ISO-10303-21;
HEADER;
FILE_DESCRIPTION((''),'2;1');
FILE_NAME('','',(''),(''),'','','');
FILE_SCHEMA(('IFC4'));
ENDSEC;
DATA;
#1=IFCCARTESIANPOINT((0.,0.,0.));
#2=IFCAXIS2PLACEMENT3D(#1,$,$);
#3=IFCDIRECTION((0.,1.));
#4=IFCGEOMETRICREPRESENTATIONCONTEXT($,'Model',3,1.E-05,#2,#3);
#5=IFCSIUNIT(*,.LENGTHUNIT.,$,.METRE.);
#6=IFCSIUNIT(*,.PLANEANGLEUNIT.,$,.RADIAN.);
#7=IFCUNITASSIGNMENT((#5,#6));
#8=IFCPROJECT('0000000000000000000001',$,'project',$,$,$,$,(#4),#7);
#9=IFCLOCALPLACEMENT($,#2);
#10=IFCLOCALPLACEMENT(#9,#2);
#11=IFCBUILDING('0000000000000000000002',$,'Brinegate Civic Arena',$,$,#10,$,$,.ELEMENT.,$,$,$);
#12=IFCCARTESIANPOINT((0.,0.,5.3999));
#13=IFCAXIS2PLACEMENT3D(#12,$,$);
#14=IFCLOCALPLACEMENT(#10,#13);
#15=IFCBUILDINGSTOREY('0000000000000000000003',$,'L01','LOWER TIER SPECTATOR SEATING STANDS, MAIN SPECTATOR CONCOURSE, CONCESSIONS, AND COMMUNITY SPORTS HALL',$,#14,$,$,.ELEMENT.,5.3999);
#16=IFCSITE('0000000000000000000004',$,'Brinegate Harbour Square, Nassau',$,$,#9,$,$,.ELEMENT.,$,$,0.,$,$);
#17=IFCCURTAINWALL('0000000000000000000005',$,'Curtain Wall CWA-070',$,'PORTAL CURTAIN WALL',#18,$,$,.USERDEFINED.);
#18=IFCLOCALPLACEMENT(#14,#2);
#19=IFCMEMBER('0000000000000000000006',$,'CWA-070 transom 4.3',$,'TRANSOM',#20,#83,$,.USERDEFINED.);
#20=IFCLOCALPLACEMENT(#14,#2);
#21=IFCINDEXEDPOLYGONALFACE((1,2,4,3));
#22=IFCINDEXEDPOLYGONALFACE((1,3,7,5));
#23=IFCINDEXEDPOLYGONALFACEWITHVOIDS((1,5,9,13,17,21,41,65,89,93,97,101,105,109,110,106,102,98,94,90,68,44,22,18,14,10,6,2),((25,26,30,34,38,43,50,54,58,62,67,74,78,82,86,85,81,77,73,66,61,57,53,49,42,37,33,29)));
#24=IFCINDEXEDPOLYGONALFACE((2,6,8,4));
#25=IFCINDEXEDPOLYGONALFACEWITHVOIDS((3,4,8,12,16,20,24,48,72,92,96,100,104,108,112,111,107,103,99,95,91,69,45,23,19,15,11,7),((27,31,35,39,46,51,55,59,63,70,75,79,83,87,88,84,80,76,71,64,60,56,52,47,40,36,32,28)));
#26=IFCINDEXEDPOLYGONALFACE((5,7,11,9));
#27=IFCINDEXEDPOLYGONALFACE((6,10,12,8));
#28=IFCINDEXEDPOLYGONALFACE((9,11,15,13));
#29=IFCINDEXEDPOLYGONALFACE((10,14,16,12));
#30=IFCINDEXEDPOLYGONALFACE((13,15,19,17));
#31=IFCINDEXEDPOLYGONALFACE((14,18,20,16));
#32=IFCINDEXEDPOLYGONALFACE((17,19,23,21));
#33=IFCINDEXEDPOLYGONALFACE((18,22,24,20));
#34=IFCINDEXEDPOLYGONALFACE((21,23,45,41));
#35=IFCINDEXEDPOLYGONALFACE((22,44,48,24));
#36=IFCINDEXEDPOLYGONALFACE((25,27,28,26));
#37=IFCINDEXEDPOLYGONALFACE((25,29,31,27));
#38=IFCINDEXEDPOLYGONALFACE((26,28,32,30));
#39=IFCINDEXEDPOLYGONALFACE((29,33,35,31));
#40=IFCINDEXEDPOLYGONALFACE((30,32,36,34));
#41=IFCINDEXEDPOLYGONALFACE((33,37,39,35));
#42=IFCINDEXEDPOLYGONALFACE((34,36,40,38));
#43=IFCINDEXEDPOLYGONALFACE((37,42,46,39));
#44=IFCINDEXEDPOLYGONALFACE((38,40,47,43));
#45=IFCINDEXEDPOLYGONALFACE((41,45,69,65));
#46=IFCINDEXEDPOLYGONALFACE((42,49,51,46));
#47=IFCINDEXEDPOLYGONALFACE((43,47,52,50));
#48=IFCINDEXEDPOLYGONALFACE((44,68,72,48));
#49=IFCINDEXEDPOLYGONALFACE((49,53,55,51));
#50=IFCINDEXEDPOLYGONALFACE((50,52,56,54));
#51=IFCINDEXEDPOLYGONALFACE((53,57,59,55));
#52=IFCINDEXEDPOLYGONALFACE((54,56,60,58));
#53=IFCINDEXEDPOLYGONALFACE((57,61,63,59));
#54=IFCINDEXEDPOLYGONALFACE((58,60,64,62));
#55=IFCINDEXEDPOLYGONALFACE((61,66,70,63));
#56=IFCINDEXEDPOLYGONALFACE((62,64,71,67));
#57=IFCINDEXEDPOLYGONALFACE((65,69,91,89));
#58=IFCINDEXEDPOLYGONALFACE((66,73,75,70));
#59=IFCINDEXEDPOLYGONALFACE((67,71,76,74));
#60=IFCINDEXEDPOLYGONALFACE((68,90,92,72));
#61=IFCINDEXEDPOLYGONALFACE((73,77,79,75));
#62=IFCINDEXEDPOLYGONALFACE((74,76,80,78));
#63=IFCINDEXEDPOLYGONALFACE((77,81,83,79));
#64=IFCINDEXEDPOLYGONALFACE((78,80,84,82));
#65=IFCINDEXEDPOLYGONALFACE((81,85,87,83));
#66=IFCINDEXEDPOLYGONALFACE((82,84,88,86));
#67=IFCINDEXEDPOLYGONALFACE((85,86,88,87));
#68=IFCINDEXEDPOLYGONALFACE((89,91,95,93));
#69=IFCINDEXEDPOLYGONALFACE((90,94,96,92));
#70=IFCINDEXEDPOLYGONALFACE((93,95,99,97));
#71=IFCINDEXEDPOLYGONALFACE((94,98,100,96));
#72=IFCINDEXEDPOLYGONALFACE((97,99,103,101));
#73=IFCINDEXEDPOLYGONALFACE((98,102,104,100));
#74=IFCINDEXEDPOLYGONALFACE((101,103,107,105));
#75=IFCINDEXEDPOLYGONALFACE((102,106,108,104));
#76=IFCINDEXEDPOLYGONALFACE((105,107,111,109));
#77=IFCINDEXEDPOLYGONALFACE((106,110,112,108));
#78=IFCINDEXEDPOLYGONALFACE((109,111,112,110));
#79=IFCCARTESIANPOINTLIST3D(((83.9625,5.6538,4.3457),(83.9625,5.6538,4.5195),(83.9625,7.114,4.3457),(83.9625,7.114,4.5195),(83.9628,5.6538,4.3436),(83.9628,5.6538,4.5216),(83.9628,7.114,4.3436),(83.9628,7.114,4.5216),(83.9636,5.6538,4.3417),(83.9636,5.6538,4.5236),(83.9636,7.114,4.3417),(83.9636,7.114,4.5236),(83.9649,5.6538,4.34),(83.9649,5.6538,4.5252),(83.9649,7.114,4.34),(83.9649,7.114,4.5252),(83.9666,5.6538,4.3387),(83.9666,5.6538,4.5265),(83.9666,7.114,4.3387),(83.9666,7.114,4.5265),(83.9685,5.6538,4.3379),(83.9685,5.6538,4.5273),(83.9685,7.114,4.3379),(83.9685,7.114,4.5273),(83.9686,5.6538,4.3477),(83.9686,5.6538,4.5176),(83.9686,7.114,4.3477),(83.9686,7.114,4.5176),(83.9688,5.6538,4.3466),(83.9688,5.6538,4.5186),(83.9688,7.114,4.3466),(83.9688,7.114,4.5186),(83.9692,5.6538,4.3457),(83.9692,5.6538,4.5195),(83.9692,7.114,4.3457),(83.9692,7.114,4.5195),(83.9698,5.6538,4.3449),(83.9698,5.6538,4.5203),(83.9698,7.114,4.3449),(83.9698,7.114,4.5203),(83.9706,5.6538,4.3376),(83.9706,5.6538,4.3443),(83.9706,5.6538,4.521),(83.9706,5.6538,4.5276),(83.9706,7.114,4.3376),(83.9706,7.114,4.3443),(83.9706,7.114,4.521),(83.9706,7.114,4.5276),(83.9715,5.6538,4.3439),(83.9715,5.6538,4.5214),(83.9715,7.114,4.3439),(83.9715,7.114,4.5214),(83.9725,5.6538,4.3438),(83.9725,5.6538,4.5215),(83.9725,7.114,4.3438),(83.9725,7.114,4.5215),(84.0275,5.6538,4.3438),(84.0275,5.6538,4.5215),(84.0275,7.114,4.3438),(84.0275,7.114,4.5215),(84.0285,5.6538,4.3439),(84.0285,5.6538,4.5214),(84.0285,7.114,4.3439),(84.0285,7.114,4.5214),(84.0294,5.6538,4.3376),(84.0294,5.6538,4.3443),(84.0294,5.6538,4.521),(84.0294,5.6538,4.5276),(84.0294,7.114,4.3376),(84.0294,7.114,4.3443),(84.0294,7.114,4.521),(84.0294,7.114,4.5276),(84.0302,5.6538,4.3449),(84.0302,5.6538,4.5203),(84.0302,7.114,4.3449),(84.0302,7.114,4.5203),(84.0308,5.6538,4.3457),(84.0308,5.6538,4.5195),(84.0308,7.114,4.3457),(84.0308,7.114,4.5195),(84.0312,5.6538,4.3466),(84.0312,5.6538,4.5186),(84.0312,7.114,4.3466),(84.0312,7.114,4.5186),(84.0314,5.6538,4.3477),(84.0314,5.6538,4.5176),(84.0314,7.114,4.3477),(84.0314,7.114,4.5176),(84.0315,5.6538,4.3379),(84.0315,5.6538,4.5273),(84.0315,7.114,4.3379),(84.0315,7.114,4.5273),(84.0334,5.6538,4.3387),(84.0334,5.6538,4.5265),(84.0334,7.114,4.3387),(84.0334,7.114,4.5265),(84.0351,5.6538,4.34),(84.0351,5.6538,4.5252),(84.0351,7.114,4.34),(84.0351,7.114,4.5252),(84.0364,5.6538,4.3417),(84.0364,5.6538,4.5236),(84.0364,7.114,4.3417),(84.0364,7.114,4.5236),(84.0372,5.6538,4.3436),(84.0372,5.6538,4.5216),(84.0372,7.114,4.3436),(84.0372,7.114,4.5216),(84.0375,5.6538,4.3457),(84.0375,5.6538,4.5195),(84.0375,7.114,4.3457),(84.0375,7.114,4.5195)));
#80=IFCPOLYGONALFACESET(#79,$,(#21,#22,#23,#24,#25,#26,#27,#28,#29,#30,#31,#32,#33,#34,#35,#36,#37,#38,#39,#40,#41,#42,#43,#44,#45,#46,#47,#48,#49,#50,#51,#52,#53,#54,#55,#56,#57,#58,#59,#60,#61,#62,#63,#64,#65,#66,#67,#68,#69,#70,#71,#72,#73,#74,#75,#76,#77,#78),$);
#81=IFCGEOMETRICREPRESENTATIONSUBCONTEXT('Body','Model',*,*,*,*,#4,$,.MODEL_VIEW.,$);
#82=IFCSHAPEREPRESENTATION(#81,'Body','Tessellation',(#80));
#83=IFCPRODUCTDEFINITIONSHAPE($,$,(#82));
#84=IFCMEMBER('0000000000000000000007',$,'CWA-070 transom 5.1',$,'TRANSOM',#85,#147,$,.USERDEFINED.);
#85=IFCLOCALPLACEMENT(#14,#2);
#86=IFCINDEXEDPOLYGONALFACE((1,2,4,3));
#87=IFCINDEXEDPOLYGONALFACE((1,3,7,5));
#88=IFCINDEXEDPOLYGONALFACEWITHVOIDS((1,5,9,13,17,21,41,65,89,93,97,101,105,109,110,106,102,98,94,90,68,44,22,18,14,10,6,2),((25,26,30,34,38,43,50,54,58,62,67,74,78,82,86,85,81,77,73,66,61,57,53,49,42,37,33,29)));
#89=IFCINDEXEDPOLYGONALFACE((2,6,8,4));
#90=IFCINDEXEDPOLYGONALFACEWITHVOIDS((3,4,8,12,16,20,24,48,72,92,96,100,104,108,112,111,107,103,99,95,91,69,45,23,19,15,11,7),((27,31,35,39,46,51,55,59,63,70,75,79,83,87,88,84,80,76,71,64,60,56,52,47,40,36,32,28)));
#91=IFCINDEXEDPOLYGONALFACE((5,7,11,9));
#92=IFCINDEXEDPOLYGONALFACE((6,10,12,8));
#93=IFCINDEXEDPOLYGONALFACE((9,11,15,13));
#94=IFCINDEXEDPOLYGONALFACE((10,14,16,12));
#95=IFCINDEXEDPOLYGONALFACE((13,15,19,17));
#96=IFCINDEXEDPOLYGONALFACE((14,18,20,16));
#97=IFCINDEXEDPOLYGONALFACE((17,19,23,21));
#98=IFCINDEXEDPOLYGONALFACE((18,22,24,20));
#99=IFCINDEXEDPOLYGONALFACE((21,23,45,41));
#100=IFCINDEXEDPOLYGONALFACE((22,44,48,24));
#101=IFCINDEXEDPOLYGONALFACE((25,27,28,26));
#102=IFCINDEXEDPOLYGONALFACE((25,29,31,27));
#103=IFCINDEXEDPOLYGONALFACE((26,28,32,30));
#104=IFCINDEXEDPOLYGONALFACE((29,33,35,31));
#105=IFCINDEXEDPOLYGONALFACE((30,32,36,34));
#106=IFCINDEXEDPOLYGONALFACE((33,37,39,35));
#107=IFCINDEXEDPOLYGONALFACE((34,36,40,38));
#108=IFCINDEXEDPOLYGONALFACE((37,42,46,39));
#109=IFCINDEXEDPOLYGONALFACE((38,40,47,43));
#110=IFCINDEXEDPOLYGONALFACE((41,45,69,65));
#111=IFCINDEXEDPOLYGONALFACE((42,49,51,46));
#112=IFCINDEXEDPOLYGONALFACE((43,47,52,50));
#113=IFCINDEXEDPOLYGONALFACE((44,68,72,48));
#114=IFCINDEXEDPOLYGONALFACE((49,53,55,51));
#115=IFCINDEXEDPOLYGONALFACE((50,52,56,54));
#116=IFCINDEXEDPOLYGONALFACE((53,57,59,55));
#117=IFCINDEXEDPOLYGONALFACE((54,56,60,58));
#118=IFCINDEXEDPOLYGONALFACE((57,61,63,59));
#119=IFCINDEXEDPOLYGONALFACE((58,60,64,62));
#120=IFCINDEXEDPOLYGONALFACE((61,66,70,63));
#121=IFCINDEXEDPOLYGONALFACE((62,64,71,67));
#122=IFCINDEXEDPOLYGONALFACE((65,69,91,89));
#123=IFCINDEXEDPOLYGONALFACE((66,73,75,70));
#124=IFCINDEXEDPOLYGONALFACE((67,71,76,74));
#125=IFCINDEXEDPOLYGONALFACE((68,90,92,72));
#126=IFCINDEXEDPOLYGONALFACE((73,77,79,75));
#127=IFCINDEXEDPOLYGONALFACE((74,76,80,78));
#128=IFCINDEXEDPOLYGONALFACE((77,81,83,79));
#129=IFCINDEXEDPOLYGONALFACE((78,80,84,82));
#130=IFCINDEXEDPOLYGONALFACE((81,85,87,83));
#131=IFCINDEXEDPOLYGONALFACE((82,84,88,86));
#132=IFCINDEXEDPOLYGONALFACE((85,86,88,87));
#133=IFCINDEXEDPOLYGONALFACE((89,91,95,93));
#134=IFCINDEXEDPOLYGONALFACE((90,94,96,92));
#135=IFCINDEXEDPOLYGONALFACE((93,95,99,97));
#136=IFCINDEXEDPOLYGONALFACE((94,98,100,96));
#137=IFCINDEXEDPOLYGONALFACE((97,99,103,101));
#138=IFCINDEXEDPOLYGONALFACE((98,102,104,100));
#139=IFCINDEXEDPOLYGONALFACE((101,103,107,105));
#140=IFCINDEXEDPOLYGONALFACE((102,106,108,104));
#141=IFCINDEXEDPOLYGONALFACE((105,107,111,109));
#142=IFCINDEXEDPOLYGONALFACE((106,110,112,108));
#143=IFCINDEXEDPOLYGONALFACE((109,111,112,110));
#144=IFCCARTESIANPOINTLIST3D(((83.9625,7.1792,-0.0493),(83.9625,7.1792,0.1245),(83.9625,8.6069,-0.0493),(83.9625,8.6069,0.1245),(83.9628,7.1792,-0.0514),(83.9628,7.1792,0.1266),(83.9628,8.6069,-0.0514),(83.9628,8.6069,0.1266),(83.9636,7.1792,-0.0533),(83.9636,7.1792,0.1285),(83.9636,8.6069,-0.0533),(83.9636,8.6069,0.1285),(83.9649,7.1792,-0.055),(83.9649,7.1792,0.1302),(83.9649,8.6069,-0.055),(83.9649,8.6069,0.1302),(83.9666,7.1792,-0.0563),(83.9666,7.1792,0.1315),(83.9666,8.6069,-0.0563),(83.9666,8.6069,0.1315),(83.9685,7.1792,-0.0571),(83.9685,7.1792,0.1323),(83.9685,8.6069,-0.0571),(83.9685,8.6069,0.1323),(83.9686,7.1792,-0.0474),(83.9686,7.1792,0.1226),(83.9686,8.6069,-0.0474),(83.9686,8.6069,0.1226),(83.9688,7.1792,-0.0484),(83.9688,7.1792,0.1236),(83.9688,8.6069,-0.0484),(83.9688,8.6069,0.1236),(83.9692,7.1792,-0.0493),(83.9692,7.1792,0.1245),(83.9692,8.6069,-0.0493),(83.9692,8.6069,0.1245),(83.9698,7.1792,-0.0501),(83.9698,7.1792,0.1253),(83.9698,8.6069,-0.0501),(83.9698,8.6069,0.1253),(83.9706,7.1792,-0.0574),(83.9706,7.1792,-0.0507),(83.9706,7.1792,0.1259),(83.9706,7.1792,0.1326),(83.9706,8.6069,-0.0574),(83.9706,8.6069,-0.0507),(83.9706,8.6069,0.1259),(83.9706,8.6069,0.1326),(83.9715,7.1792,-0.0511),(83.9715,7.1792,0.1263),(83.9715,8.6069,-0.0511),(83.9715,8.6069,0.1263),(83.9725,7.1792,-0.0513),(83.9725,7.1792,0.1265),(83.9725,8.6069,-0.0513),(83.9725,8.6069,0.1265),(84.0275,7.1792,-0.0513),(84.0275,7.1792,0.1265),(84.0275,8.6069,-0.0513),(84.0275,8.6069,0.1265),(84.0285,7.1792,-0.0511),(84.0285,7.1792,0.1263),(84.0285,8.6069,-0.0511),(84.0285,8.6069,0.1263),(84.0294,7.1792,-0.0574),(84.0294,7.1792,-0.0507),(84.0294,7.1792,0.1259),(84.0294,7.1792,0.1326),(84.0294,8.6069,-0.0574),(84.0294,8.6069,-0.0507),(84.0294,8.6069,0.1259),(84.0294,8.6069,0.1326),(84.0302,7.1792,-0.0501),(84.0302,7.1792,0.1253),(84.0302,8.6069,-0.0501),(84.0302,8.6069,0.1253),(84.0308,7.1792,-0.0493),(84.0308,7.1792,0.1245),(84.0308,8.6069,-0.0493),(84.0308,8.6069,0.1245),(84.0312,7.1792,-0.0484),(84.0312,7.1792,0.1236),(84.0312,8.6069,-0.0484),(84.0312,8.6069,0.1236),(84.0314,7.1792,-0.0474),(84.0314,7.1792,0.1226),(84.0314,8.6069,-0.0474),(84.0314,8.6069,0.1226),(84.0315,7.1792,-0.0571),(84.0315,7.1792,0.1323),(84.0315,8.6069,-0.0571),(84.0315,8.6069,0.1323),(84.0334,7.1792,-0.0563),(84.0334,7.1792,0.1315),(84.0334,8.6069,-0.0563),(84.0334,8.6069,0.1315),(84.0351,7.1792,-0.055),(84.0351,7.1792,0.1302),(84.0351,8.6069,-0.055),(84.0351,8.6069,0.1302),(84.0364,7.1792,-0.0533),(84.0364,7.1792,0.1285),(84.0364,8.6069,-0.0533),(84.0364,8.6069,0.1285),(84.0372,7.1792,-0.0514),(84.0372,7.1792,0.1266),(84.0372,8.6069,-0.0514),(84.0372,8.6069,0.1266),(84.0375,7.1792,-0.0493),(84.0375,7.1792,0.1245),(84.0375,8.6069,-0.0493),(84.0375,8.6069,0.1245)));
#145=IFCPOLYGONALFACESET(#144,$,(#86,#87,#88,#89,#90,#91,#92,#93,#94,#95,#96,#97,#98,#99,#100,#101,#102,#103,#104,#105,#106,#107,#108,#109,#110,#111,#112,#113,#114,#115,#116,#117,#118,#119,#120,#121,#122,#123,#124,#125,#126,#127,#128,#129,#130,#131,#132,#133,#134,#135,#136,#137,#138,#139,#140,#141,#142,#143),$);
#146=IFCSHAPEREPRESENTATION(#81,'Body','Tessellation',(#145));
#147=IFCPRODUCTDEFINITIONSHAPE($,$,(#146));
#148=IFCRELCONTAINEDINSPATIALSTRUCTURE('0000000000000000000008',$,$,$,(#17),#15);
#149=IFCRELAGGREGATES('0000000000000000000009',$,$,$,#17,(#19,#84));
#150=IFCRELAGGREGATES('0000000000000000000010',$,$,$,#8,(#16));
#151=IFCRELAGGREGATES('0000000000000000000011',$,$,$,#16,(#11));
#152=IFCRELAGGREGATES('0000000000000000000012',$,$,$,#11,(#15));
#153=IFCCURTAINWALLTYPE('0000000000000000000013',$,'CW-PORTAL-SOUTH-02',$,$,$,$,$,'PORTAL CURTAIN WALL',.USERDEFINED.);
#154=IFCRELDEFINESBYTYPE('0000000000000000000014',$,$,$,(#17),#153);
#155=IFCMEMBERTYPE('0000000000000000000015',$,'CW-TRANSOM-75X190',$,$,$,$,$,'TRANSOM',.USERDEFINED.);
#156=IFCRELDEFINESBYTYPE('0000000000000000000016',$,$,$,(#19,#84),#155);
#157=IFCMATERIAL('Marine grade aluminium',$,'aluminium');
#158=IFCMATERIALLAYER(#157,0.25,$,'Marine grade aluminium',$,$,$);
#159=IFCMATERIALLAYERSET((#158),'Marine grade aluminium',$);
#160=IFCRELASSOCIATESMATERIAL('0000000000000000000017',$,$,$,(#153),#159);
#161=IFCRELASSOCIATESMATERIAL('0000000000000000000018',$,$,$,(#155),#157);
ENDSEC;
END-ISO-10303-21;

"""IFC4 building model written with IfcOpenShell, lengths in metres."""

from ifc_helpers import new_model, si_unit, direction, frame, origin, origin_2d, place, context, subcontext, project, spatial, hollow_rectangle, extrude, material, layer, layer_set, material_profile, profile_set, type_object, element, aggregate, save


model = new_model("IFC4")

# Units and contexts
model_context = context("Model", 3, precision=1e-05, world=origin(), true_north=direction((0.0, 1.0)))
body_context = subcontext(model_context, "Body", "Model", "MODEL_VIEW")
ifc_project = project(units=[si_unit("LENGTHUNIT", "METRE"), si_unit("PLANEANGLEUNIT", "RADIAN")], contexts=[model_context])

# Site, building, storey
site_placement = place(None, origin())
site = spatial("IfcSite", under=ifc_project, at=site_placement, Name="Brinegate Harbour Square, Nassau", CompositionType="ELEMENT", RefElevation=0.0)
building_placement = place(site_placement, origin())
building = spatial("IfcBuilding", under=site, at=building_placement, Name="Brinegate Civic Arena", CompositionType="ELEMENT")
storey_placement = place(building_placement, frame((0.0, 0.0, 5.3999)))
storey = spatial("IfcBuildingStorey", under=building, at=storey_placement, Name="L01", Description="LOWER TIER SPECTATOR SEATING STANDS, MAIN SPECTATOR CONCOURSE, CONCESSIONS, AND COMMUNITY SPORTS HALL", CompositionType="ELEMENT", Elevation=5.3999)

# Curtain wall
ifc_material_1 = material(Name="Marine grade aluminium", Category="aluminium")
ifc_layer_1 = layer(ifc_material_1, 0.25, Name="Marine grade aluminium")
ifc_layer_set_1 = layer_set([ifc_layer_1], Name="Marine grade aluminium")
curtain_wall_type = type_object("IfcCurtainWallType", Name="CW-PORTAL-SOUTH-02", ElementType="PORTAL CURTAIN WALL", PredefinedType="USERDEFINED", material=ifc_layer_set_1)
curtain_wall_1_placement = place(storey_placement, origin())
curtain_wall_1 = element("IfcCurtainWall", 1, at=curtain_wall_1_placement, inside=storey, type_object=curtain_wall_type, Name="Curtain Wall CWA-070", ObjectType="PORTAL CURTAIN WALL", PredefinedType="USERDEFINED")
ifc_material_profile_1 = material_profile(ifc_material_1, hollow_rectangle(XDim=0.075, YDim=0.1899, WallThickness=0.0061, InnerFilletRadius=0.0039, OuterFilletRadius=0.0081, at=origin_2d()), Name="TRN75X190")
ifc_profile_set_1 = profile_set([ifc_material_profile_1], Name="Marine grade aluminium")
member_type_1 = type_object("IfcMemberType", Name="CW-TRANSOM-75X190", ElementType="TRANSOM", PredefinedType="USERDEFINED", material=ifc_profile_set_1)

# Members
member_1_placement = place(storey_placement, frame((84.0, 5.6538, 4.4326), z_axis=(0.0, 1.0, 0.0), x_axis=(-1.0, 0.0, 0.0)))
member_1 = element("IfcMember", 2, at=member_1_placement, type_object=member_type_1, Name="CWA-070 transom 4.3", ObjectType="TRANSOM", PredefinedType="USERDEFINED", context=body_context, shape_type="SweptSolid", body=[
    extrude(hollow_rectangle(XDim=0.075, YDim=0.1899, WallThickness=0.0061, InnerFilletRadius=0.0039, OuterFilletRadius=0.0081, at=origin_2d()), origin(), (0.0, 0.0, 1.0), 1.4602),
])
member_2_placement = place(storey_placement, frame((84.0, 7.1792, 0.0376), z_axis=(0.0, 1.0, 0.0), x_axis=(-1.0, 0.0, 0.0)))
member_2 = element("IfcMember", 3, at=member_2_placement, type_object=member_type_1, Name="CWA-070 transom 5.1", ObjectType="TRANSOM", PredefinedType="USERDEFINED", context=body_context, shape_type="SweptSolid", body=[
    extrude(hollow_rectangle(XDim=0.075, YDim=0.1899, WallThickness=0.0061, InnerFilletRadius=0.0039, OuterFilletRadius=0.0081, at=origin_2d()), origin(), (0.0, 0.0, 1.0), 1.4277),
])

aggregate(curtain_wall_1, [member_1, member_2])

save(model, "model.ifc")
